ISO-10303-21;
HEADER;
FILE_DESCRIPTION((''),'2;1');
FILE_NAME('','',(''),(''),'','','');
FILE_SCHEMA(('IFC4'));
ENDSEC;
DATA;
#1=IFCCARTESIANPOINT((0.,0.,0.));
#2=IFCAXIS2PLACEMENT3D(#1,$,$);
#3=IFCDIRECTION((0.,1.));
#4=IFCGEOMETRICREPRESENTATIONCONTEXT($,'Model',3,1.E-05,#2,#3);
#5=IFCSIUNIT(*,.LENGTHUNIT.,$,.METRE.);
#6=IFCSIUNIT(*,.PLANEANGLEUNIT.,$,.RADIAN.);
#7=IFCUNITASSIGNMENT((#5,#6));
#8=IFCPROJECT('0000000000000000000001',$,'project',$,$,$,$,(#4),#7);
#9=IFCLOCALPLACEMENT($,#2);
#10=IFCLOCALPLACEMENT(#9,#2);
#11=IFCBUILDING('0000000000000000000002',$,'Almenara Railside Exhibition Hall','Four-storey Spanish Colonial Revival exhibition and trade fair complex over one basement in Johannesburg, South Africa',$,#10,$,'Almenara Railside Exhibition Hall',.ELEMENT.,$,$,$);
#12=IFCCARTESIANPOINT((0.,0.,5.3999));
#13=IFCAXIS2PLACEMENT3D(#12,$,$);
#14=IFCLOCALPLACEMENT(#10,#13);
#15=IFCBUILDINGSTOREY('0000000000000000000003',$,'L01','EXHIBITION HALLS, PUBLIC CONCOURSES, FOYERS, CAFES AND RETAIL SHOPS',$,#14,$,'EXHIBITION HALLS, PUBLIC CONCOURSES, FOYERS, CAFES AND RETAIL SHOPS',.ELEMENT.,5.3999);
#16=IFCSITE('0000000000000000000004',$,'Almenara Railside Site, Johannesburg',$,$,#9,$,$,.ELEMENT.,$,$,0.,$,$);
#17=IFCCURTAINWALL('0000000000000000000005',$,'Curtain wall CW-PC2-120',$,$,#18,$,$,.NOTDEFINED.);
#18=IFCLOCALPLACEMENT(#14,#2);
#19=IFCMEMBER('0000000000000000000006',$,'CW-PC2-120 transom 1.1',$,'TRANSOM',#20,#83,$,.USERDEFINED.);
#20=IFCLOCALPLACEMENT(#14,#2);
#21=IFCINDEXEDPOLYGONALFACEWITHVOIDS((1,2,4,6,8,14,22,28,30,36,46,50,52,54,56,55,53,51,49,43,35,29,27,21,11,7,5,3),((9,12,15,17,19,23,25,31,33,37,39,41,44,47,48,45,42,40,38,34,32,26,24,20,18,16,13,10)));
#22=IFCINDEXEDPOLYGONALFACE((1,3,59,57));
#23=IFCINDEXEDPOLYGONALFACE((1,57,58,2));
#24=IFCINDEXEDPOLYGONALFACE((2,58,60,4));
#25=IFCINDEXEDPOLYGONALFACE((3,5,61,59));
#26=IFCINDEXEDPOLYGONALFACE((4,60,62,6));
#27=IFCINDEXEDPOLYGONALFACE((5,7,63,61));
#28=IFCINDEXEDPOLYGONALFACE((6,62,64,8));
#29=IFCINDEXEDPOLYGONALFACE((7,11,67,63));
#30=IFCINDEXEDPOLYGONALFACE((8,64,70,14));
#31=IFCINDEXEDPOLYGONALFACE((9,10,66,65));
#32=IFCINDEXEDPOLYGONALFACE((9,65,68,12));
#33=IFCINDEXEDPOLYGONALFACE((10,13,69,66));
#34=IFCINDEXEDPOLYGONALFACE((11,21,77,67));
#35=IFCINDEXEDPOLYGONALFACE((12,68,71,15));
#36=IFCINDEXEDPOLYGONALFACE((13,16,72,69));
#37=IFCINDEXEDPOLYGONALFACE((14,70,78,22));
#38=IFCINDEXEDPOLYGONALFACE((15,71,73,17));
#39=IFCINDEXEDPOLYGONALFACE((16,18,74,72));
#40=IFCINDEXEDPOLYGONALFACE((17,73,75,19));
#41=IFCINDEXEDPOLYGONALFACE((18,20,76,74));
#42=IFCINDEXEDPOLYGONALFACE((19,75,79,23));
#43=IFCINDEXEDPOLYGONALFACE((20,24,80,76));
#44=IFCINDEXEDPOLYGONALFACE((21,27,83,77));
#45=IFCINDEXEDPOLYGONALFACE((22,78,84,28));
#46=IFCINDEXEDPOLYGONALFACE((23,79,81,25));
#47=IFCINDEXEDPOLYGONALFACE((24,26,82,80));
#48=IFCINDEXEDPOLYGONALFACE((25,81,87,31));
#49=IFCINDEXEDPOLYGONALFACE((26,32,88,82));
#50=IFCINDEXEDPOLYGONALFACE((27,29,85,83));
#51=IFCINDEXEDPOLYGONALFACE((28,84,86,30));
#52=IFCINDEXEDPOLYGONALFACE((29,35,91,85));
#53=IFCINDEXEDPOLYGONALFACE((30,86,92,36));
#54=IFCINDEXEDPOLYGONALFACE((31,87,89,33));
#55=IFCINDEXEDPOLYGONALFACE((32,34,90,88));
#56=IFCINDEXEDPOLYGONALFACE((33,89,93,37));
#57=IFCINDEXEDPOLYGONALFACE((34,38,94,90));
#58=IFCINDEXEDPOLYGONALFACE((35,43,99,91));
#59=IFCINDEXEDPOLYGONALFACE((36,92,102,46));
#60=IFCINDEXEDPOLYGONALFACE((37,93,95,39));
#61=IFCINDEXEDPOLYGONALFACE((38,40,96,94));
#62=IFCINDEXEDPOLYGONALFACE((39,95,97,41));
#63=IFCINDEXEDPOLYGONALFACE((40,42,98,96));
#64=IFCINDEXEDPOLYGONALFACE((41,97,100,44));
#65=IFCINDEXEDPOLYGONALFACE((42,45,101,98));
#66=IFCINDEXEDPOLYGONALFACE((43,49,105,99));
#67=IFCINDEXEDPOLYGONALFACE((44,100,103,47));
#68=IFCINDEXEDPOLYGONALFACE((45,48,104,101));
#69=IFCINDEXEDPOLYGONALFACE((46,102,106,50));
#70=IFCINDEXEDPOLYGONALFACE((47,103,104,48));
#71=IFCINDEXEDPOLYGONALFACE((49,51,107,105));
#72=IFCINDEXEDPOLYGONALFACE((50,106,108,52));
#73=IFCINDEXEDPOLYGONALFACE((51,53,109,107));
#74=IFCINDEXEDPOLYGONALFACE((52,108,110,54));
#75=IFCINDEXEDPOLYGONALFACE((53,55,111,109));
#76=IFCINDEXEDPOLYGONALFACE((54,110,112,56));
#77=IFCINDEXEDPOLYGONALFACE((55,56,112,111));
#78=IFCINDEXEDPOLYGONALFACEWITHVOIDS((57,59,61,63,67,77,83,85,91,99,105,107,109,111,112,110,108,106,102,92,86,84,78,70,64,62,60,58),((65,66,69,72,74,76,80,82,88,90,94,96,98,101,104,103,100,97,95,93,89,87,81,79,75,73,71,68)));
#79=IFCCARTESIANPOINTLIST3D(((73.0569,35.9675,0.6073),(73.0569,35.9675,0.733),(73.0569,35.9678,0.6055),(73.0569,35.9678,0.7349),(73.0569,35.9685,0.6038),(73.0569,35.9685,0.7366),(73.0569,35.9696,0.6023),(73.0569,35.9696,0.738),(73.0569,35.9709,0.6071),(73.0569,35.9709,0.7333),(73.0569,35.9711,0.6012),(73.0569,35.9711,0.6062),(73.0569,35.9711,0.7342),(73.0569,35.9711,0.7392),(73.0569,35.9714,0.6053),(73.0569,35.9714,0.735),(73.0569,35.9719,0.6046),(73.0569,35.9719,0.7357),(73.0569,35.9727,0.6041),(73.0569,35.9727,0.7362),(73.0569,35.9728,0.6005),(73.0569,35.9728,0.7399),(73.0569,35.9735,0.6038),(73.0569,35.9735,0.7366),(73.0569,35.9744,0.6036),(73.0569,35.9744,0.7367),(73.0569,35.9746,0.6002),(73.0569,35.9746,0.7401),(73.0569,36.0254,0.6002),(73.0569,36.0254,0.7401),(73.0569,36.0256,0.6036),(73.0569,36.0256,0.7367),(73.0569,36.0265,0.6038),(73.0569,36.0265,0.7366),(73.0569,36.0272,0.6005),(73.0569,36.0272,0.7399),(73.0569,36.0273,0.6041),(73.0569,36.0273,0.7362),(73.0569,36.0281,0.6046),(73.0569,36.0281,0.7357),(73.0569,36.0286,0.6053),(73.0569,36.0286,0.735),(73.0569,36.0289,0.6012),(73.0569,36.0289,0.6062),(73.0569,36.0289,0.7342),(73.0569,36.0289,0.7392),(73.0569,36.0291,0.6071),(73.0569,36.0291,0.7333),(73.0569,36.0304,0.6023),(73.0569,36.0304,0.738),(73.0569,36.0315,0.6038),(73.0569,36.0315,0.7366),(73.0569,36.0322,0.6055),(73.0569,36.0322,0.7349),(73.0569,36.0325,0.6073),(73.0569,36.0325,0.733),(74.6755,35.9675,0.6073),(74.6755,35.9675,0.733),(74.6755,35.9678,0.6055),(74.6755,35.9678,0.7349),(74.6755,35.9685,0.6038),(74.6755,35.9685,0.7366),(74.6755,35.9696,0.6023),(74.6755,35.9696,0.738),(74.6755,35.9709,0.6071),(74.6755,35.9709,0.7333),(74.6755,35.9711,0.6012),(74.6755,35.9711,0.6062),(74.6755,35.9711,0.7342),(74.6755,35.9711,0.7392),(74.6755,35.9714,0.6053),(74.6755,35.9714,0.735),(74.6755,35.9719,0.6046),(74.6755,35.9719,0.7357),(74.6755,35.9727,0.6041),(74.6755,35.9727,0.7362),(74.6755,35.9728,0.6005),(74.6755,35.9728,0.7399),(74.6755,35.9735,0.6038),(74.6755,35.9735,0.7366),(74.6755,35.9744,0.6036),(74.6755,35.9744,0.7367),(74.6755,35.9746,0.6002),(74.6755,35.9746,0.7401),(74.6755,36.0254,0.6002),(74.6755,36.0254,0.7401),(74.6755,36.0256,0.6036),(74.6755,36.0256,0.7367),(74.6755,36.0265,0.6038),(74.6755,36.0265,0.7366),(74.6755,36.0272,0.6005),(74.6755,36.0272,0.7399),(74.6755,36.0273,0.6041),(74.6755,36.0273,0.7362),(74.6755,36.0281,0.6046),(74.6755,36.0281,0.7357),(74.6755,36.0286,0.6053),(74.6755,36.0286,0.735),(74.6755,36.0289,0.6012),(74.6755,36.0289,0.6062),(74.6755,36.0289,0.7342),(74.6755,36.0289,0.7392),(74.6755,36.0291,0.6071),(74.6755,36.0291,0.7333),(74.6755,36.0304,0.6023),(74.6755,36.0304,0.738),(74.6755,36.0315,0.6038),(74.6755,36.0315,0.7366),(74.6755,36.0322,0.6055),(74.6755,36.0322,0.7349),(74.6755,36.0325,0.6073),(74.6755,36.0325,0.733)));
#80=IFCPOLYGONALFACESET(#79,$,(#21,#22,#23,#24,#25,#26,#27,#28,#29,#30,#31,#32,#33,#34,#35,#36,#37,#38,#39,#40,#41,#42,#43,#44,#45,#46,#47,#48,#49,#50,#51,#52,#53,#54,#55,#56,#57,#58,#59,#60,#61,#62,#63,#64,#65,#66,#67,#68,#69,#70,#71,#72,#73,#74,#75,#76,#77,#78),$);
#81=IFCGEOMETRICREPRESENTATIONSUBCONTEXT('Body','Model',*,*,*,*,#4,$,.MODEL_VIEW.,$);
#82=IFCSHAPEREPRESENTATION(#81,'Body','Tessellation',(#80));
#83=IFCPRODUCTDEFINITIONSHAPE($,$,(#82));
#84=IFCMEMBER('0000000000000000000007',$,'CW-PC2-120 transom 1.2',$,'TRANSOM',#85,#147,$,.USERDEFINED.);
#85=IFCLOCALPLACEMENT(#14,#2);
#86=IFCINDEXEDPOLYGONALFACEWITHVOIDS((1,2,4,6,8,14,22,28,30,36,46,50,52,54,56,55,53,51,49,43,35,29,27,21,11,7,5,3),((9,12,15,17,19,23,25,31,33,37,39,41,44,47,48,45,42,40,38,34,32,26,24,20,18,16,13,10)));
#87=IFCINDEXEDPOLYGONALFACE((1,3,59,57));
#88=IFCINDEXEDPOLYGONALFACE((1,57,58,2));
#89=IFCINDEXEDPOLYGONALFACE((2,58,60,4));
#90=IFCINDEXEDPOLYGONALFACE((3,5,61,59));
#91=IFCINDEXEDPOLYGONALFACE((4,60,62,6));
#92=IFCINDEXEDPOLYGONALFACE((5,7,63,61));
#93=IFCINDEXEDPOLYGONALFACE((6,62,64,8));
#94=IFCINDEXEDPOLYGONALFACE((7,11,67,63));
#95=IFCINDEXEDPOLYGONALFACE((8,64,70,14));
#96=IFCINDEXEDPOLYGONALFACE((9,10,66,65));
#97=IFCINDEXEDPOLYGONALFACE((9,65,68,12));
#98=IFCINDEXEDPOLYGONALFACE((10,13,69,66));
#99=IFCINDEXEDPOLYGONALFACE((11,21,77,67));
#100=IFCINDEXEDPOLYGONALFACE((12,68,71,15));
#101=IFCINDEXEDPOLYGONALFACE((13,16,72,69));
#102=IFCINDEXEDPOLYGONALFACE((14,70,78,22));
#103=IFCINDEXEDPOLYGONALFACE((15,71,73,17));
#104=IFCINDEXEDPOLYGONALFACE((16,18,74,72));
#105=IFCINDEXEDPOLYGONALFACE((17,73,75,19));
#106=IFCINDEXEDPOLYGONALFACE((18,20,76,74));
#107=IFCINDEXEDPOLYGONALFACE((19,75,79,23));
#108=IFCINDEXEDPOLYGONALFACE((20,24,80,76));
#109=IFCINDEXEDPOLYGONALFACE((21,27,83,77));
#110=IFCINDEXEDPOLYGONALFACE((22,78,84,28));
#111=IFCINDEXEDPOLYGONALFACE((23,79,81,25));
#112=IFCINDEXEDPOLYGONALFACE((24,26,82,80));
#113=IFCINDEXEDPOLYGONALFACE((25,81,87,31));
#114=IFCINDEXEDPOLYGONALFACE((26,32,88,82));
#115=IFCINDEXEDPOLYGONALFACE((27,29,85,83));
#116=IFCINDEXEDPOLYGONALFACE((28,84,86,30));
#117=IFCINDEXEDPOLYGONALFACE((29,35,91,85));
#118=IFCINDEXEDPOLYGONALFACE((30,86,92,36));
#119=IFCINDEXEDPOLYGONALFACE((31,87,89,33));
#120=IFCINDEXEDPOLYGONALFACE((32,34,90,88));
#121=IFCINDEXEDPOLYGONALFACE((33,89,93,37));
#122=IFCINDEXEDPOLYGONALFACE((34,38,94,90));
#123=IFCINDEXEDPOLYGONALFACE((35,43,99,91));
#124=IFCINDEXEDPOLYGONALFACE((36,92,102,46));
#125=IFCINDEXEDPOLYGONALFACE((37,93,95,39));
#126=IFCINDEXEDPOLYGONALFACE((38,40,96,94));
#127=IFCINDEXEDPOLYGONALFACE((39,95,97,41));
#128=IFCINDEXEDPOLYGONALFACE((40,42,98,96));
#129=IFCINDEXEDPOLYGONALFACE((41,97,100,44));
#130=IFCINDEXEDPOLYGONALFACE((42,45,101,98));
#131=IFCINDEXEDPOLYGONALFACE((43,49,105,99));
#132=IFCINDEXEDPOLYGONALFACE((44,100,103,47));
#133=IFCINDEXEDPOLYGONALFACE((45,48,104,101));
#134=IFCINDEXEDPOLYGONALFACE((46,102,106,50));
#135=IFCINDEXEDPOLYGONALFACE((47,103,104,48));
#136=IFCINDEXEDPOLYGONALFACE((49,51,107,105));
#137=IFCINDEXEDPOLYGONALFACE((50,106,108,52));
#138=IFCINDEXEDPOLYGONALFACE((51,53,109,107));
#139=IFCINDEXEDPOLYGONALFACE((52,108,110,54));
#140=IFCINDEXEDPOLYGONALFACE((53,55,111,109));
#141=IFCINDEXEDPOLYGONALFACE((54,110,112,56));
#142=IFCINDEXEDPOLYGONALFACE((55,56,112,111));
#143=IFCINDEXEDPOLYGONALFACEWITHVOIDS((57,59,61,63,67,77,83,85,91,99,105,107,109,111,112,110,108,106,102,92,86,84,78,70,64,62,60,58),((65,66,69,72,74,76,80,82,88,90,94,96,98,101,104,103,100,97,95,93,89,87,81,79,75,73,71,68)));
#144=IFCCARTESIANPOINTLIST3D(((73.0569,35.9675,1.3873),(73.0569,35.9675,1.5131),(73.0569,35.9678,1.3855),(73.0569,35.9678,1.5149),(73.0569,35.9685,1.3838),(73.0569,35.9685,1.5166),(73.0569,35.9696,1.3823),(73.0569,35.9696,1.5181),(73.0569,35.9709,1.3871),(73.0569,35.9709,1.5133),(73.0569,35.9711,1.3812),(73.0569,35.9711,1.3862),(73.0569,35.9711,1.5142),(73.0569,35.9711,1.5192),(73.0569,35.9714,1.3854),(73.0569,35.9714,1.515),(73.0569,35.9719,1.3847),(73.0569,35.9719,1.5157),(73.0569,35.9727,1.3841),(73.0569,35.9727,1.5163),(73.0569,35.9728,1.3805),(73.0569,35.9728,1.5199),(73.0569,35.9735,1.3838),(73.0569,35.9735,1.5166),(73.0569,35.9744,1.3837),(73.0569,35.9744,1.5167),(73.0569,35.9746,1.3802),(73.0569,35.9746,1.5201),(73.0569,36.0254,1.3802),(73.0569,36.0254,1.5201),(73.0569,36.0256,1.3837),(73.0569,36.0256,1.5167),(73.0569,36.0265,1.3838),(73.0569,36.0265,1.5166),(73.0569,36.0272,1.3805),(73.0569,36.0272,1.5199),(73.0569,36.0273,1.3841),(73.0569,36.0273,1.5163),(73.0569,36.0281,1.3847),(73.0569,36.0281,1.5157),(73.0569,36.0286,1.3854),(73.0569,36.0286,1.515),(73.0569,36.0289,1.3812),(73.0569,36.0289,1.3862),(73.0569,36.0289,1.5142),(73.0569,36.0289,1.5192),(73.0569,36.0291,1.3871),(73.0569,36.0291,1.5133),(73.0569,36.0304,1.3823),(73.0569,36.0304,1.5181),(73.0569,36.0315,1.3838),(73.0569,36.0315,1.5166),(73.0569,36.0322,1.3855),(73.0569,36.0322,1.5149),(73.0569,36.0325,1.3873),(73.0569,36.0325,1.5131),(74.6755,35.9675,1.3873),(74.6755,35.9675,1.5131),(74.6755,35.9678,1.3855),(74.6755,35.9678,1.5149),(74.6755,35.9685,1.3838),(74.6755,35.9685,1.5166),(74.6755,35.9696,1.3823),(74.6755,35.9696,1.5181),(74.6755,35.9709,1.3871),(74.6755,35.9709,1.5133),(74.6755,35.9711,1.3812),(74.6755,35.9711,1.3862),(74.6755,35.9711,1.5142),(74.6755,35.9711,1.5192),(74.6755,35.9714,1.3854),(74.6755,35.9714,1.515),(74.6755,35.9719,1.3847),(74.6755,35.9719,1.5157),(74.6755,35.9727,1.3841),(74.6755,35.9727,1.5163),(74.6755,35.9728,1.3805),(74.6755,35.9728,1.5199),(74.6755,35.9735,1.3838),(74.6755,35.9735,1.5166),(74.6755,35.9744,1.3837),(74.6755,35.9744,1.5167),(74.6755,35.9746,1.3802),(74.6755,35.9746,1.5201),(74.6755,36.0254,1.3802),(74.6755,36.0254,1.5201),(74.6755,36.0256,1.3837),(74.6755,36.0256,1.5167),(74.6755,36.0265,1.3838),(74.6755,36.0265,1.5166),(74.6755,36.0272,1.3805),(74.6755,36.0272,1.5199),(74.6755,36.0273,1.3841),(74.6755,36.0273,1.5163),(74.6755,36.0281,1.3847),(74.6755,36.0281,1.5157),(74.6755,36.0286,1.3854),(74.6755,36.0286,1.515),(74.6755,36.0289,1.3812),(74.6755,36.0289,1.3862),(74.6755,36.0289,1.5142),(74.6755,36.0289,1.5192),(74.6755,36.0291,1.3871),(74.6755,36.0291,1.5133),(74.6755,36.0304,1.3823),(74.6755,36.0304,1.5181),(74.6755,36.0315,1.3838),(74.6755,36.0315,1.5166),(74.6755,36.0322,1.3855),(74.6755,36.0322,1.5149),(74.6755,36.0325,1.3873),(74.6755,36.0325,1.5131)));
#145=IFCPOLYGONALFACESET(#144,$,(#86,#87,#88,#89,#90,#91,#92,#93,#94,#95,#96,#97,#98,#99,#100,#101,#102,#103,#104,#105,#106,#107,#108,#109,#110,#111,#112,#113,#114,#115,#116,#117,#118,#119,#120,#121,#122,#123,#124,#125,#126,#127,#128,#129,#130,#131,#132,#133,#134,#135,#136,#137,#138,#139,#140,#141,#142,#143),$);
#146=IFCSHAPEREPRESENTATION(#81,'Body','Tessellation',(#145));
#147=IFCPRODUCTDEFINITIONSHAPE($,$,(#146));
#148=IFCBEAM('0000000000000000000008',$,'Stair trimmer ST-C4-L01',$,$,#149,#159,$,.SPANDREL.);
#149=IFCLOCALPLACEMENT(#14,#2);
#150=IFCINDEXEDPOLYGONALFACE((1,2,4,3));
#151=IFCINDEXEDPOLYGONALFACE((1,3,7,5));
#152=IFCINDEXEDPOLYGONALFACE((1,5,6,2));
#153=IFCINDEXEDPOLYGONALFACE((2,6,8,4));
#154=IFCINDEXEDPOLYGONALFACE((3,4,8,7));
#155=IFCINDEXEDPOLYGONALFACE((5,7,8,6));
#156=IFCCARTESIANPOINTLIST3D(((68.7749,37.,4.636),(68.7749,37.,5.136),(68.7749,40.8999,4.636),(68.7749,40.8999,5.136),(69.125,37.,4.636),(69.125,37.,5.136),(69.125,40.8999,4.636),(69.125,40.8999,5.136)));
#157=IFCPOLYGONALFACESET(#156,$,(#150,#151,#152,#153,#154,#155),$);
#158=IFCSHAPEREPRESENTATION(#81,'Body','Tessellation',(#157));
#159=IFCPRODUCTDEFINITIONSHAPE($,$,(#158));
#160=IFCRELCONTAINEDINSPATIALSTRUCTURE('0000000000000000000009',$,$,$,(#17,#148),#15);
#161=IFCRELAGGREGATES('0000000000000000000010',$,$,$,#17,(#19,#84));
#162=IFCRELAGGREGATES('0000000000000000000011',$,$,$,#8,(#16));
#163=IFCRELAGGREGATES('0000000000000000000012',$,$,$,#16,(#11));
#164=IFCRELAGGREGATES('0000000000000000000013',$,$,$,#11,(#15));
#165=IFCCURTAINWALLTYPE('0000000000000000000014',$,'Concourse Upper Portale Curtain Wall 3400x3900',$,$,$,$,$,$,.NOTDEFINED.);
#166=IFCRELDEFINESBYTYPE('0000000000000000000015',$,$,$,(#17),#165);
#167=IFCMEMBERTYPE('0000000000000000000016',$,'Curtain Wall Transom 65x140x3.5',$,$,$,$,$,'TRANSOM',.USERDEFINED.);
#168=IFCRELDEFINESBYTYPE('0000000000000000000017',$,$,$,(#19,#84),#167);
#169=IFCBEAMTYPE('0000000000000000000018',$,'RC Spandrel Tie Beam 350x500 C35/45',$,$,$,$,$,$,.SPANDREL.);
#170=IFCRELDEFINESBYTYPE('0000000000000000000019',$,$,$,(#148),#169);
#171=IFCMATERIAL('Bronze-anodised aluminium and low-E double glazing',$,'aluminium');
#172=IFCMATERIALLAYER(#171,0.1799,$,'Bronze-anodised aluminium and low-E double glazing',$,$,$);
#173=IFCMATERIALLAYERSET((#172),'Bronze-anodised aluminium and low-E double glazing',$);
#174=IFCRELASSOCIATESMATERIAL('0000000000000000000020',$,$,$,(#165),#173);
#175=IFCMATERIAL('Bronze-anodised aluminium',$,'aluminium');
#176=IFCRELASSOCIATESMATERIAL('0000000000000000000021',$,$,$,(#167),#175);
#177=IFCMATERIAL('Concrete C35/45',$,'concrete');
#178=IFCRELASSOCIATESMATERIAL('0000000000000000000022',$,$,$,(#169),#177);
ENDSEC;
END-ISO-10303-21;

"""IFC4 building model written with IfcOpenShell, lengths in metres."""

from ifc_helpers import new_model, si_unit, direction, frame, origin, origin_2d, place, context, subcontext, project, spatial, rectangle, hollow_rectangle, extrude, material, layer, layer_set, material_profile, profile_set, type_object, element, aggregate, save


model = new_model("IFC4")

# Units and contexts
model_context = context("Model", 3, precision=1e-05, world=origin(), true_north=direction((0.0, 1.0)))
body_context = subcontext(model_context, "Body", "Model", "MODEL_VIEW")
ifc_project = project(units=[si_unit("LENGTHUNIT", "METRE"), si_unit("PLANEANGLEUNIT", "RADIAN")], contexts=[model_context])

# Site, building, storey
site_placement = place(None, origin())
site = spatial("IfcSite", under=ifc_project, at=site_placement, Name="Almenara Railside Site, Johannesburg", CompositionType="ELEMENT", RefElevation=0.0)
building_placement = place(site_placement, origin())
building = spatial("IfcBuilding", under=site, at=building_placement, Name="Almenara Railside Exhibition Hall", Description="Four-storey Spanish Colonial Revival exhibition and trade fair complex over one basement in Johannesburg, South Africa", LongName="Almenara Railside Exhibition Hall", CompositionType="ELEMENT")
storey_placement = place(building_placement, frame((0.0, 0.0, 5.3999)))
storey = spatial("IfcBuildingStorey", under=building, at=storey_placement, Name="L01", Description="EXHIBITION HALLS, PUBLIC CONCOURSES, FOYERS, CAFES AND RETAIL SHOPS", LongName="EXHIBITION HALLS, PUBLIC CONCOURSES, FOYERS, CAFES AND RETAIL SHOPS", CompositionType="ELEMENT", Elevation=5.3999)

# Shared definitions
ifc_material_1 = material(Name="Concrete C35/45", Category="concrete")

# Curtain wall
ifc_material_2 = material(Name="Bronze-anodised aluminium and low-E double glazing", Category="aluminium")
ifc_layer_1 = layer(ifc_material_2, 0.1799, Name="Bronze-anodised aluminium and low-E double glazing")
ifc_layer_set_1 = layer_set([ifc_layer_1], Name="Bronze-anodised aluminium and low-E double glazing")
curtain_wall_type_1 = type_object("IfcCurtainWallType", Name="Concourse Upper Portale Curtain Wall 3400x3900", PredefinedType="NOTDEFINED", material=ifc_layer_set_1)
curtain_wall_1_placement = place(storey_placement, origin())
curtain_wall_1 = element("IfcCurtainWall", 1, at=curtain_wall_1_placement, inside=storey, type_object=curtain_wall_type_1, Name="Curtain wall CW-PC2-120", PredefinedType="NOTDEFINED")
ifc_material_3 = material(Name="Bronze-anodised aluminium", Category="aluminium")

# Members
ifc_material_profile_1 = material_profile(ifc_material_3, hollow_rectangle(XDim=0.0649, YDim=0.1399, WallThickness=0.0034, InnerFilletRadius=0.0034, OuterFilletRadius=0.0071, at=origin_2d()), Name="ALU-TRN 65x140x3.5")
ifc_profile_set_1 = profile_set([ifc_material_profile_1], Name="Bronze-anodised aluminium")
member_type_1 = type_object("IfcMemberType", Name="Curtain Wall Transom 65x140x3.5", ElementType="TRANSOM", PredefinedType="USERDEFINED", material=ifc_profile_set_1)
member_1_placement = place(storey_placement, frame((73.0569, 36.0, 0.6702), z_axis=(1.0, 0.0, 0.0), x_axis=(0.0, 1.0, 0.0)))
member_1 = element("IfcMember", 2, at=member_1_placement, type_object=member_type_1, Name="CW-PC2-120 transom 1.1", ObjectType="TRANSOM", PredefinedType="USERDEFINED", context=body_context, shape_type="SweptSolid", body=[
    extrude(hollow_rectangle(XDim=0.0649, YDim=0.1399, WallThickness=0.0034, InnerFilletRadius=0.0034, OuterFilletRadius=0.0071, at=origin_2d()), origin(), (0.0, 0.0, 1.0), 1.6187),
])
member_2_placement = place(storey_placement, frame((73.0569, 36.0, 1.4502), z_axis=(1.0, 0.0, 0.0), x_axis=(0.0, 1.0, 0.0)))
member_2 = element("IfcMember", 3, at=member_2_placement, type_object=member_type_1, Name="CW-PC2-120 transom 1.2", ObjectType="TRANSOM", PredefinedType="USERDEFINED", context=body_context, shape_type="SweptSolid", body=[
    extrude(hollow_rectangle(XDim=0.0649, YDim=0.1399, WallThickness=0.0034, InnerFilletRadius=0.0034, OuterFilletRadius=0.0071, at=origin_2d()), origin(), (0.0, 0.0, 1.0), 1.6187),
])
aggregate(curtain_wall_1, [member_1, member_2])

# Beam
ifc_material_profile_2 = material_profile(ifc_material_1, rectangle(XDim=0.3501, YDim=0.5, at=origin_2d()), Name="RC 350x500")
ifc_profile_set_2 = profile_set([ifc_material_profile_2], Name="Concrete C35/45")
beam_type_1 = type_object("IfcBeamType", Name="RC Spandrel Tie Beam 350x500 C35/45", PredefinedType="SPANDREL", material=ifc_profile_set_2)
beam_1_placement = place(storey_placement, frame((68.95, 37.0, 4.886), z_axis=(0.0, 1.0, 0.0), x_axis=(-1.0, 0.0, 0.0)))
element("IfcBeam", 4, at=beam_1_placement, inside=storey, type_object=beam_type_1, Name="Stair trimmer ST-C4-L01", PredefinedType="SPANDREL", context=body_context, shape_type="SweptSolid", body=[
    extrude(rectangle(XDim=0.3501, YDim=0.5, at=origin_2d()), origin(), (0.0, 0.0, 1.0), 3.8999),
])

save(model, "model.ifc")
